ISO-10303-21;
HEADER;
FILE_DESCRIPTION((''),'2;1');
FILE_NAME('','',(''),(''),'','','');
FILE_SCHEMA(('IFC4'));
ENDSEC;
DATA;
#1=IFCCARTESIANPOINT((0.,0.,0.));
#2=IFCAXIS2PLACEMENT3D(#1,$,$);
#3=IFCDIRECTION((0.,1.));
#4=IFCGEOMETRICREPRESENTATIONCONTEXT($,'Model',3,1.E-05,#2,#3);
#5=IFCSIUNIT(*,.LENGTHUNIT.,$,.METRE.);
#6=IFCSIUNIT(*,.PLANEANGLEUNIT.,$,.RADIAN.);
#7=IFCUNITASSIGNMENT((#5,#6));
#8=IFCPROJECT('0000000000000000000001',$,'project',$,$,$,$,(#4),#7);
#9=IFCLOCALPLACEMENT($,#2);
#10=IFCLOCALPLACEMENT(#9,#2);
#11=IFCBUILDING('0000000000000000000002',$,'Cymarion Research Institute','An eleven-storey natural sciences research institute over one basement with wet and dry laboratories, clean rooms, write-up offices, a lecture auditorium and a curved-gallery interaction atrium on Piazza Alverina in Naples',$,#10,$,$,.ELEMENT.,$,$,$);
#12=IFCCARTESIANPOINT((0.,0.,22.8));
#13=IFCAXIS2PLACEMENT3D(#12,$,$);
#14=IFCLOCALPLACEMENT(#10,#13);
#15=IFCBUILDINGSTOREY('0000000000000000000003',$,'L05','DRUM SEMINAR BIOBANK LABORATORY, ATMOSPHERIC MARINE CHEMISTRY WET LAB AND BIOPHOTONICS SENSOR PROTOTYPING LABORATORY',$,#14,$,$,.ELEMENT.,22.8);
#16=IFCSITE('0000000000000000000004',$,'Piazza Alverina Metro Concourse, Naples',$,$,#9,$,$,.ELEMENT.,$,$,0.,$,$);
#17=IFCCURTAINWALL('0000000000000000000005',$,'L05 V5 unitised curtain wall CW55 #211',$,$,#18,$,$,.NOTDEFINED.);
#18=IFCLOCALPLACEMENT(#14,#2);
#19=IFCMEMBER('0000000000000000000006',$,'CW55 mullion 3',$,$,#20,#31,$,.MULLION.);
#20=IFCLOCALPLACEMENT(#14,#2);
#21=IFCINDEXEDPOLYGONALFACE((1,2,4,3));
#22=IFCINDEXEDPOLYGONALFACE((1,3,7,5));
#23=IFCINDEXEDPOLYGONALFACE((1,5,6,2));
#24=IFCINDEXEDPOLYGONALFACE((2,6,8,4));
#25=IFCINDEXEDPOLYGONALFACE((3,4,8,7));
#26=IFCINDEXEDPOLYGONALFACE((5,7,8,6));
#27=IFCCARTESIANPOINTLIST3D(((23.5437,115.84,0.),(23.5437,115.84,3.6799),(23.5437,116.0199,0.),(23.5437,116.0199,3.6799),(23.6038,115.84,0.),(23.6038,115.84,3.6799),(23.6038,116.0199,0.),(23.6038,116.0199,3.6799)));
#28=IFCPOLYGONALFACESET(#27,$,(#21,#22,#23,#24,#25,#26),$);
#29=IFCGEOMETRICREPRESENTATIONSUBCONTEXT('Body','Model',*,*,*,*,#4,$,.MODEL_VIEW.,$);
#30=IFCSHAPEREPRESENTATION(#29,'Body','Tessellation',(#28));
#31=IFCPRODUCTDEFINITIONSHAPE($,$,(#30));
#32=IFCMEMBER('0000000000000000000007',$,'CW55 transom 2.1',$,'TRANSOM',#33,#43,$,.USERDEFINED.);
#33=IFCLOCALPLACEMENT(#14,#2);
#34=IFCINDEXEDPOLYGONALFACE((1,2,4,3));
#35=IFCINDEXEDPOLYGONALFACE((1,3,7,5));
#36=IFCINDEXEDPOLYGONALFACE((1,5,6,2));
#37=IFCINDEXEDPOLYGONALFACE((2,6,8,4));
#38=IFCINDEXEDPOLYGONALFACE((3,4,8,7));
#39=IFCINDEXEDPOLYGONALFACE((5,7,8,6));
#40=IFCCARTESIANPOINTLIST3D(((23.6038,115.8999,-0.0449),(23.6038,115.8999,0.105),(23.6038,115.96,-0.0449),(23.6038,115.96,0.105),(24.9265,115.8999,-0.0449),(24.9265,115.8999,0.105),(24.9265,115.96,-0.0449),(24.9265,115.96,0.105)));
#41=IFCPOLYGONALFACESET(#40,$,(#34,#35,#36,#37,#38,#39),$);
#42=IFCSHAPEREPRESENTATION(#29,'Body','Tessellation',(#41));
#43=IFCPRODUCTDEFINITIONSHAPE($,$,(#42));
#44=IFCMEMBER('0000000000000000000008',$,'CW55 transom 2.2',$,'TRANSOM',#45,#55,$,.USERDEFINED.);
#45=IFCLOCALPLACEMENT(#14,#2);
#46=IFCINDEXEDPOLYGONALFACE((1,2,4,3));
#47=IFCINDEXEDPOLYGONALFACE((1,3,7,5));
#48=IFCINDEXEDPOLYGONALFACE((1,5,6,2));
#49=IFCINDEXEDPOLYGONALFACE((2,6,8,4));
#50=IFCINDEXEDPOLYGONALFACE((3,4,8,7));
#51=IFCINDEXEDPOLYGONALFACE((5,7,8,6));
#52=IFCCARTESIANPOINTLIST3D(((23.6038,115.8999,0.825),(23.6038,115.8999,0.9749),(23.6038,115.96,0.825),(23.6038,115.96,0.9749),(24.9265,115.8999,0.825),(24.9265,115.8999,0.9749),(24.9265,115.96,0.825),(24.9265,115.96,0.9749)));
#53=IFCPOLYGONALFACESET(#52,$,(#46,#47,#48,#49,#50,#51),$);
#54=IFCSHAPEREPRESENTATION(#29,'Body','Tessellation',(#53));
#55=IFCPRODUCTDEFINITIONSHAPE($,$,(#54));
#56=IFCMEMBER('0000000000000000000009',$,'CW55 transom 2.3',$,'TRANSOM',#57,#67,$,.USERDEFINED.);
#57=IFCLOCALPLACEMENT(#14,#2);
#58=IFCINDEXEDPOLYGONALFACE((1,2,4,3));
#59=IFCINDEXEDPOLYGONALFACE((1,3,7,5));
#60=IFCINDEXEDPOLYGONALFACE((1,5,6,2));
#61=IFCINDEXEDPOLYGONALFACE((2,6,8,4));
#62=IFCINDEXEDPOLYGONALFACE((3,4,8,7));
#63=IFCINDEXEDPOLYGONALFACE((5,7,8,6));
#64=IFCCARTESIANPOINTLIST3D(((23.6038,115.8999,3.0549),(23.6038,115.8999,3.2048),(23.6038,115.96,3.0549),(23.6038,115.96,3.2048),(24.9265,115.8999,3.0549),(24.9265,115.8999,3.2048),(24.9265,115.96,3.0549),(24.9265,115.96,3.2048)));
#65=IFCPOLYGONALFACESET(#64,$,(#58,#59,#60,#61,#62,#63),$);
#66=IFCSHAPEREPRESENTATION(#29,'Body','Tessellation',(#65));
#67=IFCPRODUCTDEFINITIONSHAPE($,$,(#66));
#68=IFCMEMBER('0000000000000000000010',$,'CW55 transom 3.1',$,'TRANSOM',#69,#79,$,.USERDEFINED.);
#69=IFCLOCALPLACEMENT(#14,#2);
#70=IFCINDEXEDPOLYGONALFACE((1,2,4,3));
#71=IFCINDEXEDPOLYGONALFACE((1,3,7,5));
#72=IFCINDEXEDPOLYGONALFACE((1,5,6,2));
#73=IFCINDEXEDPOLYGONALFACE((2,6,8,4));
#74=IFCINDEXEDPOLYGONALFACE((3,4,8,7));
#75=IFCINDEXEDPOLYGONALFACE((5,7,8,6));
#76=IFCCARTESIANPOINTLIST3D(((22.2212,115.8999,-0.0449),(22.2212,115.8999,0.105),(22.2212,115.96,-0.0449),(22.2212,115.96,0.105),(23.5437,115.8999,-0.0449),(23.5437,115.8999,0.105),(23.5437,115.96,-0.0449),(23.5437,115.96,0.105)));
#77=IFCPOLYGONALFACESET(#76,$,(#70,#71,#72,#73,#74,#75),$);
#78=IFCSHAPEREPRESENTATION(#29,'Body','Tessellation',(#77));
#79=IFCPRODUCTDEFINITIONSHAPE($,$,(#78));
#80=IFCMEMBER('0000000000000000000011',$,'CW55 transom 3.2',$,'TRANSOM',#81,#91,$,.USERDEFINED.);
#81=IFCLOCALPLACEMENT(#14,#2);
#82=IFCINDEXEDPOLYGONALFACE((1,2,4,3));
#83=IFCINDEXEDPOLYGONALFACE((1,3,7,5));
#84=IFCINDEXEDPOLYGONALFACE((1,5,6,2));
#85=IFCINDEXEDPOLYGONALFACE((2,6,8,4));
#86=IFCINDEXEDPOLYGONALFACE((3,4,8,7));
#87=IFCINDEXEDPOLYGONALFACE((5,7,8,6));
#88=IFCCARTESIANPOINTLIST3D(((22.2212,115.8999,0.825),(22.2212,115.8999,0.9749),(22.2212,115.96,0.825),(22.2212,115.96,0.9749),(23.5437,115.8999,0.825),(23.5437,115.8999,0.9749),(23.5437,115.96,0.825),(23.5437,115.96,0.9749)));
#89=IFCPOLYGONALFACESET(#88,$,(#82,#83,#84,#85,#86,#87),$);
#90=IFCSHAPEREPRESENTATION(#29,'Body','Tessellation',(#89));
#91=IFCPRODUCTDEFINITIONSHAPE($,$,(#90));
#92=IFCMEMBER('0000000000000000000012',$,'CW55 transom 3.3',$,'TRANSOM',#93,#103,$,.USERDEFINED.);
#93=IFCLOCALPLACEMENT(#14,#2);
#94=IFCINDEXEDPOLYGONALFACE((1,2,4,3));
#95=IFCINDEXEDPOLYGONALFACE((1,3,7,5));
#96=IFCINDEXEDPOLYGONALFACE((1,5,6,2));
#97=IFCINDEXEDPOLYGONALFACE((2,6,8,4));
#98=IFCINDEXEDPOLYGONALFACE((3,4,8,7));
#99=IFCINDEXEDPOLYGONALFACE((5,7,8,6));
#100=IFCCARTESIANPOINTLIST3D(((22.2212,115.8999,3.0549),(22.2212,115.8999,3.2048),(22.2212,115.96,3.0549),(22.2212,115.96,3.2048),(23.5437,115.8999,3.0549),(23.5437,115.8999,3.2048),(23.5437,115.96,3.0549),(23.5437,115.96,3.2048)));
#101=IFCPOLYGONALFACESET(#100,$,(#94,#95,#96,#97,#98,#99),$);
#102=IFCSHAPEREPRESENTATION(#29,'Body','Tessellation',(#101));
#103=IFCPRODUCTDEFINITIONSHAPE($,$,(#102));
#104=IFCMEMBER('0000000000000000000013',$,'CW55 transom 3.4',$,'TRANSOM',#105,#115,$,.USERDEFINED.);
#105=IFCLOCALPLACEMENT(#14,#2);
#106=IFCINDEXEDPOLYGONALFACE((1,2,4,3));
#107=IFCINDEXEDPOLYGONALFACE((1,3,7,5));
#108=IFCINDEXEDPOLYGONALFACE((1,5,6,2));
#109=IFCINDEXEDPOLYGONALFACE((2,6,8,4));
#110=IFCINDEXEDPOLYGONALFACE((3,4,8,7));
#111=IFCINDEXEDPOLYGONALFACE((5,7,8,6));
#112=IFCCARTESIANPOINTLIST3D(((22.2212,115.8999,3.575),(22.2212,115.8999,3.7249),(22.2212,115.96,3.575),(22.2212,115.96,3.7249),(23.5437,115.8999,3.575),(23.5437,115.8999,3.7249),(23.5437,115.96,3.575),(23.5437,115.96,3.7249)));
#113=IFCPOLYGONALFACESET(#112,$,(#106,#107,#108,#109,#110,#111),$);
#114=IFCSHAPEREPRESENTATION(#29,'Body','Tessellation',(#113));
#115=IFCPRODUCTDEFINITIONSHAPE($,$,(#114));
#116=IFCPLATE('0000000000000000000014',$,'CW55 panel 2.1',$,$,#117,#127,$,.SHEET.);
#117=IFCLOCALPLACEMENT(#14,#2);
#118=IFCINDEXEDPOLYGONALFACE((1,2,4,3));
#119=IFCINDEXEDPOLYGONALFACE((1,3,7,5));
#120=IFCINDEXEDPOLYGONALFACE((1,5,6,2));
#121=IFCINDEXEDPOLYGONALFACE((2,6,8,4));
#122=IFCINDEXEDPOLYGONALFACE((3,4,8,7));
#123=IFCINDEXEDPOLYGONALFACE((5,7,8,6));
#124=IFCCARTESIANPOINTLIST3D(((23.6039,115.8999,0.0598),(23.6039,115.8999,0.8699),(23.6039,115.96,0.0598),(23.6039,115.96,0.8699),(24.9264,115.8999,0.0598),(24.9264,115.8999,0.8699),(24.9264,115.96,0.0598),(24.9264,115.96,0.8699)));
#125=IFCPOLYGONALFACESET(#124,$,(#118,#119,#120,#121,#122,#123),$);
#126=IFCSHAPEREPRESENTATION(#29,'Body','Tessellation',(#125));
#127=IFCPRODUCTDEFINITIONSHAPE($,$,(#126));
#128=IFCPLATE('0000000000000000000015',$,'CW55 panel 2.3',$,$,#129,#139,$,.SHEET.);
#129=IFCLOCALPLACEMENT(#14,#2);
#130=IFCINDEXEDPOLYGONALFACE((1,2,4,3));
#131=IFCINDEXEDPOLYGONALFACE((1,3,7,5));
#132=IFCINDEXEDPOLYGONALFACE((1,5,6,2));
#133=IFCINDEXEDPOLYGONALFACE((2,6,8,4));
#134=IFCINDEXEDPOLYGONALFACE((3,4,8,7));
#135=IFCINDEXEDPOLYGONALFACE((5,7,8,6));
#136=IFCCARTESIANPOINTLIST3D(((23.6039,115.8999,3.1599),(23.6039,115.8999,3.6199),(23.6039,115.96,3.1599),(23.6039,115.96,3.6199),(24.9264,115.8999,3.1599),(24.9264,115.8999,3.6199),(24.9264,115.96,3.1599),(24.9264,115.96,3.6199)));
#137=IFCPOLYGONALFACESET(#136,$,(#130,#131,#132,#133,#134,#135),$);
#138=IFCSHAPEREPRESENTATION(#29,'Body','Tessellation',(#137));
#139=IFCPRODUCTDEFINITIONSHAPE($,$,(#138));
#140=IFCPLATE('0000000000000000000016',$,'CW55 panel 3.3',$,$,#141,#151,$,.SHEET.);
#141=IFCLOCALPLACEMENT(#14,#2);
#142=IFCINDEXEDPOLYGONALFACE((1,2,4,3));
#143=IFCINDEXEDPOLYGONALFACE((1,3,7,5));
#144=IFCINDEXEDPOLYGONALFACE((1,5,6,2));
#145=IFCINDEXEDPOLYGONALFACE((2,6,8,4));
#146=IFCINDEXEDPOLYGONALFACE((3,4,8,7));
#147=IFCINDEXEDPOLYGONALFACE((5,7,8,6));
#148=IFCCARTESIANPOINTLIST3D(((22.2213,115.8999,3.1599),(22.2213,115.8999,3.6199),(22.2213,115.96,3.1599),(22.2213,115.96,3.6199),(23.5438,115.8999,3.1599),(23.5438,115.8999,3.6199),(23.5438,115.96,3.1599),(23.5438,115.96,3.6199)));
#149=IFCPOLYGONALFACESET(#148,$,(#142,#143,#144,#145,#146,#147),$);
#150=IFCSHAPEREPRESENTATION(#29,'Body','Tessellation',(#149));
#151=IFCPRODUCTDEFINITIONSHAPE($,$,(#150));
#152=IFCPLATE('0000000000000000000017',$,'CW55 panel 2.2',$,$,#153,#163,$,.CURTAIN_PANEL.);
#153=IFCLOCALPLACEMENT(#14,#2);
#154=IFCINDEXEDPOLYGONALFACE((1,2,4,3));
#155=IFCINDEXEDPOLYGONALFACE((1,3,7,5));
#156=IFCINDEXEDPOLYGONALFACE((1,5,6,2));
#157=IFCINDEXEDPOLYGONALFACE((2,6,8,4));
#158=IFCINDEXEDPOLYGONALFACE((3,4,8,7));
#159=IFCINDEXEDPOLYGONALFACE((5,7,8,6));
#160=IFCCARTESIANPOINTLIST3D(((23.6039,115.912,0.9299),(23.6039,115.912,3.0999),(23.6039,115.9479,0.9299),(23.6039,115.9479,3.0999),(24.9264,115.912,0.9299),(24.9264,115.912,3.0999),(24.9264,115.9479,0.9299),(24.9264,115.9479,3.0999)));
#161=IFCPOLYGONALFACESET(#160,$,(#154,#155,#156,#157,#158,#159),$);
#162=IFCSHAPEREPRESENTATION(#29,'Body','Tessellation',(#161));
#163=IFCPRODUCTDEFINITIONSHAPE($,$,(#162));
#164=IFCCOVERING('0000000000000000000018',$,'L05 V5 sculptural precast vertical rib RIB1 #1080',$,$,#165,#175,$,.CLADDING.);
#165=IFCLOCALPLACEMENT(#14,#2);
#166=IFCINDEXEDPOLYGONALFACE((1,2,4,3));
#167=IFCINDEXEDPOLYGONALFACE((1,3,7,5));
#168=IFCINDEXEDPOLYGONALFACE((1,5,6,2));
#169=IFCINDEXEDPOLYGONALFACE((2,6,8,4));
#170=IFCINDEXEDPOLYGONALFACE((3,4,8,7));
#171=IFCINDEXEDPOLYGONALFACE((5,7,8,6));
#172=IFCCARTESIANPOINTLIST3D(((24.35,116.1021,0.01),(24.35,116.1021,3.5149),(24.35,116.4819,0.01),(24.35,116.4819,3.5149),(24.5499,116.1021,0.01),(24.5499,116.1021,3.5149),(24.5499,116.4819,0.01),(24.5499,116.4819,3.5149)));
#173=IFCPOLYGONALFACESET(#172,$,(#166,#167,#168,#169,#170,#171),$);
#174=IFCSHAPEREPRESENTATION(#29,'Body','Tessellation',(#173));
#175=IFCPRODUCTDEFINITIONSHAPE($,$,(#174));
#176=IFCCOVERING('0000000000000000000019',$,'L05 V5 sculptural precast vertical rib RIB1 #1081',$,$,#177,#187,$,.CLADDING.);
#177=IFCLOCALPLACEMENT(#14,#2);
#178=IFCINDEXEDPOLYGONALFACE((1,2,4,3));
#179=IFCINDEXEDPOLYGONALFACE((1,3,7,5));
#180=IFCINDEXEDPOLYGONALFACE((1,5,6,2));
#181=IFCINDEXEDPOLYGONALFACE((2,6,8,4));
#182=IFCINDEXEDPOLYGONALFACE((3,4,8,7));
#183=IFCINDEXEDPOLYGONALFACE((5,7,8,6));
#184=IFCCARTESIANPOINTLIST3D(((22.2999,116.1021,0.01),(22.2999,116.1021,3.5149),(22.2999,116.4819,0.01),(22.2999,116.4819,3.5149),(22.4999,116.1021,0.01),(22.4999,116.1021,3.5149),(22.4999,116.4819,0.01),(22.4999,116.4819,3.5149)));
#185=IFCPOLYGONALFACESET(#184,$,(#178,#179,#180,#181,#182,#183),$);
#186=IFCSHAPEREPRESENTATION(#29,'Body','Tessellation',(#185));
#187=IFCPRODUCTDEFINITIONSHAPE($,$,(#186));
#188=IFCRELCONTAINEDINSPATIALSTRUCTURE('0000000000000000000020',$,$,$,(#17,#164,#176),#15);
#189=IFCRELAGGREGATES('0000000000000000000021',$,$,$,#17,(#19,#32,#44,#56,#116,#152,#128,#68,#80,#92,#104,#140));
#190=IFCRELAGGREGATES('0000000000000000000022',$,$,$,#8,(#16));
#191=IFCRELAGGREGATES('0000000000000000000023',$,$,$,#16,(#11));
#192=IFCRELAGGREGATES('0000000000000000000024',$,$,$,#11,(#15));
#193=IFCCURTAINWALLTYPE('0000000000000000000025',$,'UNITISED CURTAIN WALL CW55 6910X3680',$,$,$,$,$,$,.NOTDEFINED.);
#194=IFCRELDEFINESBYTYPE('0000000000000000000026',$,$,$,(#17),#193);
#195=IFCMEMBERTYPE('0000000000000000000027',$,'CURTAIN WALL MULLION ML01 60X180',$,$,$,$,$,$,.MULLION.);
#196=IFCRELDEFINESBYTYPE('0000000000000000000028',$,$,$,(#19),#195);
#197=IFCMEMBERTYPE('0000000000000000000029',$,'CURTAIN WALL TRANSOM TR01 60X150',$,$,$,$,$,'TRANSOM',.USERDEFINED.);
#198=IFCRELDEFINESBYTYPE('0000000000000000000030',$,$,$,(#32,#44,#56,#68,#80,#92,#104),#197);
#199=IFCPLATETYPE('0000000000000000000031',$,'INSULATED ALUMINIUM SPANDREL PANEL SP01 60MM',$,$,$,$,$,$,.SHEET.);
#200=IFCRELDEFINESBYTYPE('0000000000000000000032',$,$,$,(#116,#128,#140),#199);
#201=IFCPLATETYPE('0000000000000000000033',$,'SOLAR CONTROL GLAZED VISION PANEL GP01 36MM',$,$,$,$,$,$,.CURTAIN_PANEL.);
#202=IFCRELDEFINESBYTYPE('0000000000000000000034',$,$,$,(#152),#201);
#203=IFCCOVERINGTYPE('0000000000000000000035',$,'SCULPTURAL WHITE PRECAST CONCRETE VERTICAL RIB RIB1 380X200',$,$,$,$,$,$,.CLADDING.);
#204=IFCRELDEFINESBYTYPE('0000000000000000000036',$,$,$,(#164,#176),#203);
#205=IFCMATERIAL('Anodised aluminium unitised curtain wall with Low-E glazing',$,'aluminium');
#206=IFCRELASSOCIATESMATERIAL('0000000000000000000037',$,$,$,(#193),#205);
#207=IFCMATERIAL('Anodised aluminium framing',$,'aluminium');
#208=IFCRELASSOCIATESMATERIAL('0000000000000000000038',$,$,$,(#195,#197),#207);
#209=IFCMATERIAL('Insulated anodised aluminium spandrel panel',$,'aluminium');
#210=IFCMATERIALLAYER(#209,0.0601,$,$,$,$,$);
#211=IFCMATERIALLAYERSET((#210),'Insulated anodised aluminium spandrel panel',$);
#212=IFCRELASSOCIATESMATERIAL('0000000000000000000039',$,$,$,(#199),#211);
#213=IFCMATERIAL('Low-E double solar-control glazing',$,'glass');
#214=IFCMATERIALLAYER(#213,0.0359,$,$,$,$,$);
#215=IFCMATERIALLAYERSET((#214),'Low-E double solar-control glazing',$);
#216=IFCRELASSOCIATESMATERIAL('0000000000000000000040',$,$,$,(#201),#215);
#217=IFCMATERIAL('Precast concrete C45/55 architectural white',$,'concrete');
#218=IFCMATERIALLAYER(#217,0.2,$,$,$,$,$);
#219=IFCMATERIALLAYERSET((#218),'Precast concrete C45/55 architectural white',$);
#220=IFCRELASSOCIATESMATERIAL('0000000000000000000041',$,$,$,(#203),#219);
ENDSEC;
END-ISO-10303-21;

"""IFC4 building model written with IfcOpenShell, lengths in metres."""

from ifc_helpers import new_model, si_unit, direction, frame, origin, origin_2d, place, context, subcontext, project, spatial, rectangle, extrude, material, layer, layer_set, material_profile, profile_set, type_object, element, aggregate, save


model = new_model("IFC4")

# Units and contexts
model_context = context("Model", 3, precision=1e-05, world=origin(), true_north=direction((0.0, 1.0)))
body_context = subcontext(model_context, "Body", "Model", "MODEL_VIEW")
ifc_project = project(units=[si_unit("LENGTHUNIT", "METRE"), si_unit("PLANEANGLEUNIT", "RADIAN")], contexts=[model_context])

# Site, building, storey
site_placement = place(None, origin())
site = spatial("IfcSite", under=ifc_project, at=site_placement, Name="Piazza Alverina Metro Concourse, Naples", CompositionType="ELEMENT", RefElevation=0.0)
building_placement = place(site_placement, origin())
building = spatial("IfcBuilding", under=site, at=building_placement, Name="Cymarion Research Institute", Description="An eleven-storey natural sciences research institute over one basement with wet and dry laboratories, clean rooms, write-up offices, a lecture auditorium and a curved-gallery interaction atrium on Piazza Alverina in Naples", CompositionType="ELEMENT")
storey_placement = place(building_placement, frame((0.0, 0.0, 22.8)))
storey = spatial("IfcBuildingStorey", under=building, at=storey_placement, Name="L05", Description="DRUM SEMINAR BIOBANK LABORATORY, ATMOSPHERIC MARINE CHEMISTRY WET LAB AND BIOPHOTONICS SENSOR PROTOTYPING LABORATORY", CompositionType="ELEMENT", Elevation=22.8)

# Curtain wall, members, plates
ifc_material_1 = material(Name="Anodised aluminium unitised curtain wall with Low-E glazing", Category="aluminium")
curtain_wall_type = type_object("IfcCurtainWallType", Name="UNITISED CURTAIN WALL CW55 6910X3680", PredefinedType="NOTDEFINED", material=ifc_material_1)
curtain_wall_placement = place(storey_placement, origin())
curtain_wall = element("IfcCurtainWall", 1, at=curtain_wall_placement, inside=storey, type_object=curtain_wall_type, Name="L05 V5 unitised curtain wall CW55 #211", PredefinedType="NOTDEFINED")
ifc_material_2 = material(Name="Anodised aluminium framing", Category="aluminium")
ifc_material_profile_1 = material_profile(ifc_material_2, rectangle(XDim=0.0601, YDim=0.1799, at=origin_2d()), Name="ALU MULLION 60x180")
ifc_profile_set_1 = profile_set([ifc_material_profile_1], Name="Anodised aluminium framing")
member_type_1 = type_object("IfcMemberType", Name="CURTAIN WALL MULLION ML01 60X180", PredefinedType="MULLION", material=ifc_profile_set_1)
member_1_placement = place(storey_placement, frame((23.5737, 115.9299, 0.0), z_axis=(0.0, 0.0, 1.0), x_axis=(-1.0, 0.0, 0.0)))
member_1 = element("IfcMember", 2, at=member_1_placement, type_object=member_type_1, Name="CW55 mullion 3", PredefinedType="MULLION", context=body_context, shape_type="SweptSolid", body=[
    extrude(rectangle(XDim=0.0601, YDim=0.1799, at=origin_2d()), origin(), (0.0, 0.0, 1.0), 3.6799),
])
ifc_material_profile_2 = material_profile(ifc_material_2, rectangle(XDim=0.0601, YDim=0.1499, at=origin_2d()), Name="ALU TRANSOM 60x150")
ifc_profile_set_2 = profile_set([ifc_material_profile_2], Name="Anodised aluminium framing")
member_type_2 = type_object("IfcMemberType", Name="CURTAIN WALL TRANSOM TR01 60X150", ElementType="TRANSOM", PredefinedType="USERDEFINED", material=ifc_profile_set_2)
member_2_placement = place(storey_placement, frame((24.9265, 115.9299, 0.03), z_axis=(-1.0, 0.0, 0.0), x_axis=(0.0, -1.0, 0.0)))
member_2 = element("IfcMember", 3, at=member_2_placement, type_object=member_type_2, Name="CW55 transom 2.1", ObjectType="TRANSOM", PredefinedType="USERDEFINED", context=body_context, shape_type="SweptSolid", body=[
    extrude(rectangle(XDim=0.0601, YDim=0.1499, at=origin_2d()), origin(), (0.0, 0.0, 1.0), 1.3228),
])
member_3_placement = place(storey_placement, frame((24.9265, 115.9299, 0.8999), z_axis=(-1.0, 0.0, 0.0), x_axis=(0.0, -1.0, 0.0)))
member_3 = element("IfcMember", 4, at=member_3_placement, type_object=member_type_2, Name="CW55 transom 2.2", ObjectType="TRANSOM", PredefinedType="USERDEFINED", context=body_context, shape_type="SweptSolid", body=[
    extrude(rectangle(XDim=0.0601, YDim=0.1499, at=origin_2d()), origin(), (0.0, 0.0, 1.0), 1.3228),
])
member_4_placement = place(storey_placement, frame((24.9265, 115.9299, 3.1299), z_axis=(-1.0, 0.0, 0.0), x_axis=(0.0, -1.0, 0.0)))
member_4 = element("IfcMember", 5, at=member_4_placement, type_object=member_type_2, Name="CW55 transom 2.3", ObjectType="TRANSOM", PredefinedType="USERDEFINED", context=body_context, shape_type="SweptSolid", body=[
    extrude(rectangle(XDim=0.0601, YDim=0.1499, at=origin_2d()), origin(), (0.0, 0.0, 1.0), 1.3228),
])
member_5_placement = place(storey_placement, frame((23.5437, 115.9299, 0.03), z_axis=(-1.0, 0.0, 0.0), x_axis=(0.0, -1.0, 0.0)))
member_5 = element("IfcMember", 6, at=member_5_placement, type_object=member_type_2, Name="CW55 transom 3.1", ObjectType="TRANSOM", PredefinedType="USERDEFINED", context=body_context, shape_type="SweptSolid", body=[
    extrude(rectangle(XDim=0.0601, YDim=0.1499, at=origin_2d()), origin(), (0.0, 0.0, 1.0), 1.3225),
])
member_6_placement = place(storey_placement, frame((23.5437, 115.9299, 0.8999), z_axis=(-1.0, 0.0, 0.0), x_axis=(0.0, -1.0, 0.0)))
member_6 = element("IfcMember", 7, at=member_6_placement, type_object=member_type_2, Name="CW55 transom 3.2", ObjectType="TRANSOM", PredefinedType="USERDEFINED", context=body_context, shape_type="SweptSolid", body=[
    extrude(rectangle(XDim=0.0601, YDim=0.1499, at=origin_2d()), origin(), (0.0, 0.0, 1.0), 1.3225),
])
member_7_placement = place(storey_placement, frame((23.5437, 115.9299, 3.1299), z_axis=(-1.0, 0.0, 0.0), x_axis=(0.0, -1.0, 0.0)))
member_7 = element("IfcMember", 8, at=member_7_placement, type_object=member_type_2, Name="CW55 transom 3.3", ObjectType="TRANSOM", PredefinedType="USERDEFINED", context=body_context, shape_type="SweptSolid", body=[
    extrude(rectangle(XDim=0.0601, YDim=0.1499, at=origin_2d()), origin(), (0.0, 0.0, 1.0), 1.3225),
])
member_8_placement = place(storey_placement, frame((23.5437, 115.9299, 3.6499), z_axis=(-1.0, 0.0, 0.0), x_axis=(0.0, -1.0, 0.0)))
member_8 = element("IfcMember", 9, at=member_8_placement, type_object=member_type_2, Name="CW55 transom 3.4", ObjectType="TRANSOM", PredefinedType="USERDEFINED", context=body_context, shape_type="SweptSolid", body=[
    extrude(rectangle(XDim=0.0601, YDim=0.1499, at=origin_2d()), origin(), (0.0, 0.0, 1.0), 1.3225),
])
ifc_material_3 = material(Name="Insulated anodised aluminium spandrel panel", Category="aluminium")
ifc_layer_1 = layer(ifc_material_3, 0.0601)
ifc_layer_set_1 = layer_set([ifc_layer_1], Name="Insulated anodised aluminium spandrel panel")
plate_type_1 = type_object("IfcPlateType", Name="INSULATED ALUMINIUM SPANDREL PANEL SP01 60MM", PredefinedType="SHEET", material=ifc_layer_set_1)
plate_1_placement = place(storey_placement, frame((24.2651, 115.9299, 0.0598), z_axis=(0.0, 0.0, 1.0), x_axis=(-1.0, 0.0, 0.0)))
plate_1 = element("IfcPlate", 10, at=plate_1_placement, type_object=plate_type_1, Name="CW55 panel 2.1", PredefinedType="SHEET", context=body_context, shape_type="SweptSolid", body=[
    extrude(rectangle(XDim=1.3225, YDim=0.0601, at=origin_2d()), origin(), (0.0, 0.0, 1.0), 0.8101),
])
plate_2_placement = place(storey_placement, frame((24.2651, 115.9299, 3.1599), z_axis=(0.0, 0.0, 1.0), x_axis=(-1.0, 0.0, 0.0)))
plate_2 = element("IfcPlate", 11, at=plate_2_placement, type_object=plate_type_1, Name="CW55 panel 2.3", PredefinedType="SHEET", context=body_context, shape_type="SweptSolid", body=[
    extrude(rectangle(XDim=1.3225, YDim=0.0601, at=origin_2d()), origin(), (0.0, 0.0, 1.0), 0.46),
])
plate_3_placement = place(storey_placement, frame((22.8826, 115.9299, 3.1599), z_axis=(0.0, 0.0, 1.0), x_axis=(-1.0, 0.0, 0.0)))
plate_3 = element("IfcPlate", 12, at=plate_3_placement, type_object=plate_type_1, Name="CW55 panel 3.3", PredefinedType="SHEET", context=body_context, shape_type="SweptSolid", body=[
    extrude(rectangle(XDim=1.3225, YDim=0.0601, at=origin_2d()), origin(), (0.0, 0.0, 1.0), 0.46),
])
ifc_material_4 = material(Name="Low-E double solar-control glazing", Category="glass")
ifc_layer_2 = layer(ifc_material_4, 0.0359)
ifc_layer_set_2 = layer_set([ifc_layer_2], Name="Low-E double solar-control glazing")
plate_type_2 = type_object("IfcPlateType", Name="SOLAR CONTROL GLAZED VISION PANEL GP01 36MM", PredefinedType="CURTAIN_PANEL", material=ifc_layer_set_2)
plate_4_placement = place(storey_placement, frame((24.2651, 115.9299, 0.9299), z_axis=(0.0, 0.0, 1.0), x_axis=(-1.0, 0.0, 0.0)))
plate_4 = element("IfcPlate", 13, at=plate_4_placement, type_object=plate_type_2, Name="CW55 panel 2.2", PredefinedType="CURTAIN_PANEL", context=body_context, shape_type="SweptSolid", body=[
    extrude(rectangle(XDim=1.3225, YDim=0.0359, at=origin_2d()), origin(), (0.0, 0.0, 1.0), 2.1699),
])
aggregate(curtain_wall, [member_1, member_2, member_3, member_4, plate_1, plate_4, plate_2, member_5, member_6, member_7, member_8, plate_3])

# Coverings
ifc_material_5 = material(Name="Precast concrete C45/55 architectural white", Category="concrete")
ifc_layer_3 = layer(ifc_material_5, 0.2)
ifc_layer_set_3 = layer_set([ifc_layer_3], Name="Precast concrete C45/55 architectural white")
covering_type = type_object("IfcCoveringType", Name="SCULPTURAL WHITE PRECAST CONCRETE VERTICAL RIB RIB1 380X200", PredefinedType="CLADDING", material=ifc_layer_set_3)
for number, where, z_axis, x_axis, name in (
    (14, (24.45, 116.292, 0.01), (0.0, 0.0, 1.0), (0.0, 1.0, 0.0), "L05 V5 sculptural precast vertical rib RIB1 #1080"),
    (15, (22.3999, 116.292, 0.01), (0.0, 0.0, 1.0), (0.0, 1.0, 0.0), "L05 V5 sculptural precast vertical rib RIB1 #1081"),
):
    element("IfcCovering", number, at=place(storey_placement, frame(where, z_axis=z_axis, x_axis=x_axis)), inside=storey, type_object=covering_type, Name=name, PredefinedType="CLADDING", context=body_context, shape_type="SweptSolid", body=[
        extrude(rectangle(XDim=0.3799, YDim=0.2, at=origin_2d()), origin(), (0.0, 0.0, 1.0), 3.5049),
    ])

save(model, "model.ifc")
